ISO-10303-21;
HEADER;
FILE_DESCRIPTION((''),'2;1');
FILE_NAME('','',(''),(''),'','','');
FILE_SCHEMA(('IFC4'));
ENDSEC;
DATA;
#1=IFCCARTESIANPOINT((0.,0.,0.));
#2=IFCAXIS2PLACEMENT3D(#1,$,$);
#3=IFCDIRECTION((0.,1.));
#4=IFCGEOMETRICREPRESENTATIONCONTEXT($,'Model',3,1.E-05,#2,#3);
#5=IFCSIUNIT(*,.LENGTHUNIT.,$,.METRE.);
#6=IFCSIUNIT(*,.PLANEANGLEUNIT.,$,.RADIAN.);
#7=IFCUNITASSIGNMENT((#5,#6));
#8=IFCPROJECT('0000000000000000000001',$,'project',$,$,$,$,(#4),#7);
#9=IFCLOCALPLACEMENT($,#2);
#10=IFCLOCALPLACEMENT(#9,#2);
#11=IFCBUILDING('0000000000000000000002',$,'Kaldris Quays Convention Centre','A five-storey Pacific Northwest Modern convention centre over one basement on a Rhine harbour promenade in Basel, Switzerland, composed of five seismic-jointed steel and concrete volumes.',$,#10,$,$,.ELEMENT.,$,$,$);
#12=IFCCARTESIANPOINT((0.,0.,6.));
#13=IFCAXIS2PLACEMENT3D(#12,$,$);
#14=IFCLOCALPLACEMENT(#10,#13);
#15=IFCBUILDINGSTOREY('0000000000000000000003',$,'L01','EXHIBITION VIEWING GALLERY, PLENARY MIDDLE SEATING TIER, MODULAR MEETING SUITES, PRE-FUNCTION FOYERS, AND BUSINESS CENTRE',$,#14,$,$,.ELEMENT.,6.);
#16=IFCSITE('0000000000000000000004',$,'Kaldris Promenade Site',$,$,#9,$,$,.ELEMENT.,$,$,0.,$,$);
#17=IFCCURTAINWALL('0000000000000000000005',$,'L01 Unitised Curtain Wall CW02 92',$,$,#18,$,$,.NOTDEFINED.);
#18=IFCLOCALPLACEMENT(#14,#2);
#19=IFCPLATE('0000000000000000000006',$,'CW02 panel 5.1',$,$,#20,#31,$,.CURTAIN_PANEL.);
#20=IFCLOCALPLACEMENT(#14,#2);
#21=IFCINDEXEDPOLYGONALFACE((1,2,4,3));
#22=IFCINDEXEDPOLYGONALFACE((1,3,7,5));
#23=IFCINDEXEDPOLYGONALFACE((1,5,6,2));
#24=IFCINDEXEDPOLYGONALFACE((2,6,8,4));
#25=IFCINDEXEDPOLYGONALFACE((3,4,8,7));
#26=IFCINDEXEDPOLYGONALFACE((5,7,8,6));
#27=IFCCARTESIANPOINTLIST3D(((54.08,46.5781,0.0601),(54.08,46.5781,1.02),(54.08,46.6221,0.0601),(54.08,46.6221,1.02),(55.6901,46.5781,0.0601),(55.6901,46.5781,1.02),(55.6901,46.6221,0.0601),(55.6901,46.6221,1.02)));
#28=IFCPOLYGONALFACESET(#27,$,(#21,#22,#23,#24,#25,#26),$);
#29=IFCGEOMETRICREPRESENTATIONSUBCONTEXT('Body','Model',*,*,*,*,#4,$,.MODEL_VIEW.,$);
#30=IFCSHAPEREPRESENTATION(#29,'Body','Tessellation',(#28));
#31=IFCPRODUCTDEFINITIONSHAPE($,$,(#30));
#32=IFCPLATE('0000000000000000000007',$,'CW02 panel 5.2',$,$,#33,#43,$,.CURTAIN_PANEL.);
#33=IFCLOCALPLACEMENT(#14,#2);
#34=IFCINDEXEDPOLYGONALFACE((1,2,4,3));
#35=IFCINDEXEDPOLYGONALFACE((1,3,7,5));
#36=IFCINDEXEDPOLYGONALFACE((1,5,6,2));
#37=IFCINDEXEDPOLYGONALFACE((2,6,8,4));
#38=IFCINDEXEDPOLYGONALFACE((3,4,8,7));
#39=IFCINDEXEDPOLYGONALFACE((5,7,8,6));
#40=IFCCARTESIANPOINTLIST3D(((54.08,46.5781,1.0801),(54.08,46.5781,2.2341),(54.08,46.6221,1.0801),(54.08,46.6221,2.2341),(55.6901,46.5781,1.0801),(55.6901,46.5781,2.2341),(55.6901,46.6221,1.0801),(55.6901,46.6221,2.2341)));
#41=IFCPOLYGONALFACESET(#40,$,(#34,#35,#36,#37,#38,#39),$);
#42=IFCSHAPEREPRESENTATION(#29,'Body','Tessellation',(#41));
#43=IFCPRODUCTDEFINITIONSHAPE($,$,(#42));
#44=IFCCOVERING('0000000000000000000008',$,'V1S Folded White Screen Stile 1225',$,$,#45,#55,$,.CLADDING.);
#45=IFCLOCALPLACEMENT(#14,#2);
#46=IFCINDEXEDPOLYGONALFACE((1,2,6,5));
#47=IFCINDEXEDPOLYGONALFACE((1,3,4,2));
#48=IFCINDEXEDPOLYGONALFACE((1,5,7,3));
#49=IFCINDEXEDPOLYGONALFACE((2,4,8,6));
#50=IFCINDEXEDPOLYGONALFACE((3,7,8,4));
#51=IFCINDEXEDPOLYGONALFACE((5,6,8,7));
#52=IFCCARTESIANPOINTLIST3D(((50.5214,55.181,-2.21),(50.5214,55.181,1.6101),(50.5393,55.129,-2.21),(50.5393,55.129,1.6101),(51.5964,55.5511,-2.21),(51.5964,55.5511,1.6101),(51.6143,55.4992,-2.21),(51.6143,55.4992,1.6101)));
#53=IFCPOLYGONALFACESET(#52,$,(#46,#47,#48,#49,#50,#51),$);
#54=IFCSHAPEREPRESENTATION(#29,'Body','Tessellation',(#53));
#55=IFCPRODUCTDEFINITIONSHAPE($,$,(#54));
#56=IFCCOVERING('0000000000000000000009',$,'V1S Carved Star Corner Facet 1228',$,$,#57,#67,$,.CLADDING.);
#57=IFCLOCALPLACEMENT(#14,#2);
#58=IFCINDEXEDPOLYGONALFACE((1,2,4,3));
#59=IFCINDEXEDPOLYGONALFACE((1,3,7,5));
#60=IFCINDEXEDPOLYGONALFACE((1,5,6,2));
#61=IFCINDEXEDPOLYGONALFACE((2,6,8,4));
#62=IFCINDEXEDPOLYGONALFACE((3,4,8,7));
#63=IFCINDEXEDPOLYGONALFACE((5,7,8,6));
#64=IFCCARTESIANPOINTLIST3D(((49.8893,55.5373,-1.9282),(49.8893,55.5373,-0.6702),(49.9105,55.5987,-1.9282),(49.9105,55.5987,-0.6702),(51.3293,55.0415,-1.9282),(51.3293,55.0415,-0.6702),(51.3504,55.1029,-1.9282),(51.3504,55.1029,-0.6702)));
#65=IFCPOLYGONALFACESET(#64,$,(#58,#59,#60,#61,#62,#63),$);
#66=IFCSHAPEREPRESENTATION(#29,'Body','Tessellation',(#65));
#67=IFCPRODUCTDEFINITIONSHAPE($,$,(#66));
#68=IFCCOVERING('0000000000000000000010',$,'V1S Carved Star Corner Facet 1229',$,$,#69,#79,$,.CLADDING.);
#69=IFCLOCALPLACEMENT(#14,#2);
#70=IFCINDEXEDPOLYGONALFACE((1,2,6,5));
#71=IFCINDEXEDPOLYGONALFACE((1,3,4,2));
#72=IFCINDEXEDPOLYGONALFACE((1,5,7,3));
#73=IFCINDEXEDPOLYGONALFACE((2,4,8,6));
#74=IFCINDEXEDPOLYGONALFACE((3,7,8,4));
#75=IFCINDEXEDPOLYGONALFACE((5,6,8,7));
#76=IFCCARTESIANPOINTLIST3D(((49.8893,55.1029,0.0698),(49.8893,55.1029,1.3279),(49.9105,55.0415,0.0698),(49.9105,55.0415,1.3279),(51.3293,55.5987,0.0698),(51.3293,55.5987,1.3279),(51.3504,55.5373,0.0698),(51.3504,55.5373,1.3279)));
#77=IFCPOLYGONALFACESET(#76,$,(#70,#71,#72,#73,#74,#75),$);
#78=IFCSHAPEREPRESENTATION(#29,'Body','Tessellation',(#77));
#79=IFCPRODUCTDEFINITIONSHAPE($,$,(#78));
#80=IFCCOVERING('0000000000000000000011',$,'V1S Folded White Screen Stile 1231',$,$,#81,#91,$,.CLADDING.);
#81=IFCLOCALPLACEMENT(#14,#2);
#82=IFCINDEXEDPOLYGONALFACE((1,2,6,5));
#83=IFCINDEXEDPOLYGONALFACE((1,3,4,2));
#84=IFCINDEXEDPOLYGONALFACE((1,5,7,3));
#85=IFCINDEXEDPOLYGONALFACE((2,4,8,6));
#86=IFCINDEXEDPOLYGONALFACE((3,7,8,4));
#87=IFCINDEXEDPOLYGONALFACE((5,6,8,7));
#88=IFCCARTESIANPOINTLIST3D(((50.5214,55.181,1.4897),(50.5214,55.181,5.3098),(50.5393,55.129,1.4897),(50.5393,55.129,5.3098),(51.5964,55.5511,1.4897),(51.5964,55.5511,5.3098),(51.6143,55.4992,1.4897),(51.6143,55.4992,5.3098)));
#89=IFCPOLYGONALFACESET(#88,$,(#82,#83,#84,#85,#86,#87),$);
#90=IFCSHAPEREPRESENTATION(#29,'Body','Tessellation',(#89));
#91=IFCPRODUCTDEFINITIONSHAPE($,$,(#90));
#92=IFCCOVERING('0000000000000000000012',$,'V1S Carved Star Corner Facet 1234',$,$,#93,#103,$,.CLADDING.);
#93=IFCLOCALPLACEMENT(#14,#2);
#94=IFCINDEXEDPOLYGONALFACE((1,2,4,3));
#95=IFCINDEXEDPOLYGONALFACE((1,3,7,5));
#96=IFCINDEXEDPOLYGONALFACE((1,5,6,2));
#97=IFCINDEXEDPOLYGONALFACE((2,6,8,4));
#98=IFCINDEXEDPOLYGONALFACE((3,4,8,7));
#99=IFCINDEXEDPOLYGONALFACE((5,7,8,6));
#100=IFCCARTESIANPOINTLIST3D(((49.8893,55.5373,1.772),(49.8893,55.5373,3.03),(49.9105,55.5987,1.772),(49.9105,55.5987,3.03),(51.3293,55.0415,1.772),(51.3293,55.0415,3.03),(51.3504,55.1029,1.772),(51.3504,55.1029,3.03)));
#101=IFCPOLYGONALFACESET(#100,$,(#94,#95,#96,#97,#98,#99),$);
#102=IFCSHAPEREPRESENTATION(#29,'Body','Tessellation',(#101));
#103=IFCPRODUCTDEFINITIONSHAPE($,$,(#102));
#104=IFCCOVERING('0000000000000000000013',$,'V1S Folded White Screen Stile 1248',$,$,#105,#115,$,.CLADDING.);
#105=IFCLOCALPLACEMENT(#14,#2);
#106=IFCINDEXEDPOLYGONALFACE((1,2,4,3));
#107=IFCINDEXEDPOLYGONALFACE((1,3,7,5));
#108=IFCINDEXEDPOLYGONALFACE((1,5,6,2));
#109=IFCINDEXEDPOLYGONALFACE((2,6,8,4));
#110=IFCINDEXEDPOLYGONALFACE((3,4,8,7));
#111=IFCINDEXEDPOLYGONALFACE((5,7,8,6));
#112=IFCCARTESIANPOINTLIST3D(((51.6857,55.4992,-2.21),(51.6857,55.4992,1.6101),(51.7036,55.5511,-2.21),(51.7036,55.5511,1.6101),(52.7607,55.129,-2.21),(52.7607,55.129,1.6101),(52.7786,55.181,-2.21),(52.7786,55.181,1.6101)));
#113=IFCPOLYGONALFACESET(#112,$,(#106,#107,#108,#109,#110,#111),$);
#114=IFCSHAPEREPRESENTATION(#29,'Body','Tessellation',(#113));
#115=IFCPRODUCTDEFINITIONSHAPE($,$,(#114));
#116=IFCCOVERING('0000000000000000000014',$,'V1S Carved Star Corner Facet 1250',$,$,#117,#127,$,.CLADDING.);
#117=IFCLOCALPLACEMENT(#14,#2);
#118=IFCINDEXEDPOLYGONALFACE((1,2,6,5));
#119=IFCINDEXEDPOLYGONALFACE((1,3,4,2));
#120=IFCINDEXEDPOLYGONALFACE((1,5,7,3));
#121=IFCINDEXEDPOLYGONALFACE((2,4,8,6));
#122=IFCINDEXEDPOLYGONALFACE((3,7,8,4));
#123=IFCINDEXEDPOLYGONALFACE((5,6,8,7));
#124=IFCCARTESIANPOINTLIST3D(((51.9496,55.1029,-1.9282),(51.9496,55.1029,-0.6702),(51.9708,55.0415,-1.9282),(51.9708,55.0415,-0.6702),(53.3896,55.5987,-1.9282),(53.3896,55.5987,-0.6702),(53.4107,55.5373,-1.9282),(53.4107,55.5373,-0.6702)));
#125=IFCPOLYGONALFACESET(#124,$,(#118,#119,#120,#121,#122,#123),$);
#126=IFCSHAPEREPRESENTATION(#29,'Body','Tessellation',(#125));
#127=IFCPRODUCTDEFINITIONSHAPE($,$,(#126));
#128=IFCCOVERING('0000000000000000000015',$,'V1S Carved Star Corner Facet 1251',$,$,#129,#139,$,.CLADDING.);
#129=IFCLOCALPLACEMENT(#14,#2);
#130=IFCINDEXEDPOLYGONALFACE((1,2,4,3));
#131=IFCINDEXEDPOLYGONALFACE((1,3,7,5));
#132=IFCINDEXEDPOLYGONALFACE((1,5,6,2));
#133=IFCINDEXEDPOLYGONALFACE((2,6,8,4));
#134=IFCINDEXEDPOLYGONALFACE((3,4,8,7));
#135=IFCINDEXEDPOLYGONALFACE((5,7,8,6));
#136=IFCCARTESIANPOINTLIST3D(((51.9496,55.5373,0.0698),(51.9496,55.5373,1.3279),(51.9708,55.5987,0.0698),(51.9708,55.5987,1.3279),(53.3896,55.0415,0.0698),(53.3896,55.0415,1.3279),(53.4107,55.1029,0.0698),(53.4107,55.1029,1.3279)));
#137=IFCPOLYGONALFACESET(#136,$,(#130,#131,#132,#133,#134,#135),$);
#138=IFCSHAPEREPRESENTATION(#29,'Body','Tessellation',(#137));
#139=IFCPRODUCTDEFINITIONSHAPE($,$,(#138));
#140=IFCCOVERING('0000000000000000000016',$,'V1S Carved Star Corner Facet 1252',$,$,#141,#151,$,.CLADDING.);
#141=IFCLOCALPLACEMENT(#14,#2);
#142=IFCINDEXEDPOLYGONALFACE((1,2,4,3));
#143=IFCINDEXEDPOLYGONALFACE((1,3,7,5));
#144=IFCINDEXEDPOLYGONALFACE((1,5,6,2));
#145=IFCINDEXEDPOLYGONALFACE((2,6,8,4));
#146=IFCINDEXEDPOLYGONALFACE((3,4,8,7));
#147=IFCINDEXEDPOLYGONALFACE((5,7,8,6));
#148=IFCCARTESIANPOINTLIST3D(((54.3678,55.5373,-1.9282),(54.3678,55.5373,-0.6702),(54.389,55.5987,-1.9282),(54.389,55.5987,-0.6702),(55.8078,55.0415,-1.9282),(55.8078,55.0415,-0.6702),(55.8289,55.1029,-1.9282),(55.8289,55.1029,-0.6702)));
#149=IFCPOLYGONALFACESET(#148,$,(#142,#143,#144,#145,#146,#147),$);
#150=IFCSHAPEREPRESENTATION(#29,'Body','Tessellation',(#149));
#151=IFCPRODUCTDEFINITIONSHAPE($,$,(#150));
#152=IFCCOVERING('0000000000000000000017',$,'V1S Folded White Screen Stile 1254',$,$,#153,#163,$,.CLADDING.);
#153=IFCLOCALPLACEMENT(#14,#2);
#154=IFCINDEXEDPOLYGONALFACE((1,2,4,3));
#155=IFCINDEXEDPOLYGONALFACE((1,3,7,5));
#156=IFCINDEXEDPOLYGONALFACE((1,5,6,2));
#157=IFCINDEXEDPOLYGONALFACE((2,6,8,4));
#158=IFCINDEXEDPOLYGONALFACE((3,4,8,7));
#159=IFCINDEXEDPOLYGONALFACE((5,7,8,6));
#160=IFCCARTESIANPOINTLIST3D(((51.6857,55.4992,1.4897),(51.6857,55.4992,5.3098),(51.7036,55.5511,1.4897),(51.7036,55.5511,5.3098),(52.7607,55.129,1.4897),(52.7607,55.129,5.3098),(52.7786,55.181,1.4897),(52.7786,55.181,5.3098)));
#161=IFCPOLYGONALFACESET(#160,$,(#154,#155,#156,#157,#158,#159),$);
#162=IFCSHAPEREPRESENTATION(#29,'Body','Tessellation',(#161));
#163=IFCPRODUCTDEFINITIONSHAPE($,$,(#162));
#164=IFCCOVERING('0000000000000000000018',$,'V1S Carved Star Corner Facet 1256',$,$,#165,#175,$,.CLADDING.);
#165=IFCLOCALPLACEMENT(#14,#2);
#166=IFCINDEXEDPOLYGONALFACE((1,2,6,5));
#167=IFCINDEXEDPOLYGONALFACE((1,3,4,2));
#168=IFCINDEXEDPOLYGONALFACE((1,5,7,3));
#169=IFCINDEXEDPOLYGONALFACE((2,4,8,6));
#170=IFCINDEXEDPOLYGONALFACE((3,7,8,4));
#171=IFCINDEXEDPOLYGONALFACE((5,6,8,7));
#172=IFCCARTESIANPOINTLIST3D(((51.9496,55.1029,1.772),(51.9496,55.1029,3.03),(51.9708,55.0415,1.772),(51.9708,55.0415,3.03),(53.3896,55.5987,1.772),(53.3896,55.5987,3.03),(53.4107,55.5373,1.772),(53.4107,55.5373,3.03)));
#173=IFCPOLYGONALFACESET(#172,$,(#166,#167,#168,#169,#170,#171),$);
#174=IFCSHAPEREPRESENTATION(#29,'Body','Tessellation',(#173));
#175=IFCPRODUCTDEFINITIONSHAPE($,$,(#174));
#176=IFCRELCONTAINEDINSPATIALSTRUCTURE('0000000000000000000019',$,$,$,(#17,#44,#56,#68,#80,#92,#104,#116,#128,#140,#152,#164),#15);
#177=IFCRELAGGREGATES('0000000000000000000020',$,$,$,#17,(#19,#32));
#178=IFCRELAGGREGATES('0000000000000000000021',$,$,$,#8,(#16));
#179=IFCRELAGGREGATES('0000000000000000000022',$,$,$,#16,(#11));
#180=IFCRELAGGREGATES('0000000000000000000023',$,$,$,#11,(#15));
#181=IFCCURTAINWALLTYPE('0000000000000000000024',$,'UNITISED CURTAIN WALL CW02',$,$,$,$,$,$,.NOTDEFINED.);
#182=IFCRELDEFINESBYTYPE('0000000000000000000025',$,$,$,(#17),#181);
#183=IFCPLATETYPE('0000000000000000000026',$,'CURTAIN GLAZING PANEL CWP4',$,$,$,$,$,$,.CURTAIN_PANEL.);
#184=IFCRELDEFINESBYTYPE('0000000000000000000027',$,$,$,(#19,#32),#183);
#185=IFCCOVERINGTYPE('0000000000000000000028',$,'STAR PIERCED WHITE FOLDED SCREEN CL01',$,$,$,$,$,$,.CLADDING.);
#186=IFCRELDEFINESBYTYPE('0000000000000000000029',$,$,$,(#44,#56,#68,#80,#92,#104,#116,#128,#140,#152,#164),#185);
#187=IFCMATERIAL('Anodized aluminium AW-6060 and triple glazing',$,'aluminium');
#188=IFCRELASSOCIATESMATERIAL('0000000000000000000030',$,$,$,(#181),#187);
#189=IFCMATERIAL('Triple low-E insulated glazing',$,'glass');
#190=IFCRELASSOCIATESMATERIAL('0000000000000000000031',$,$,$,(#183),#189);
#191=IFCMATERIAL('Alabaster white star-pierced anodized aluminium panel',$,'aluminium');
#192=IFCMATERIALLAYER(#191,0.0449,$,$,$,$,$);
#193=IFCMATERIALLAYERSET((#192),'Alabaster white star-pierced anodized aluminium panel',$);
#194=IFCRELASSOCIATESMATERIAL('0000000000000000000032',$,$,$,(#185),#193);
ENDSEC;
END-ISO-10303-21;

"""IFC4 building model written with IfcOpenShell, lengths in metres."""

from ifc_helpers import new_model, si_unit, direction, frame, origin, origin_2d, place, context, subcontext, project, spatial, rectangle, extrude, material, layer, layer_set, type_object, element, aggregate, save


model = new_model("IFC4")

# Units and contexts
model_context = context("Model", 3, precision=1e-05, world=origin(), true_north=direction((0.0, 1.0)))
body_context = subcontext(model_context, "Body", "Model", "MODEL_VIEW")
ifc_project = project(units=[si_unit("LENGTHUNIT", "METRE"), si_unit("PLANEANGLEUNIT", "RADIAN")], contexts=[model_context])

# Site, building, storey
site_placement = place(None, origin())
site = spatial("IfcSite", under=ifc_project, at=site_placement, Name="Kaldris Promenade Site", CompositionType="ELEMENT", RefElevation=0.0)
building_placement = place(site_placement, origin())
building = spatial("IfcBuilding", under=site, at=building_placement, Name="Kaldris Quays Convention Centre", Description="A five-storey Pacific Northwest Modern convention centre over one basement on a Rhine harbour promenade in Basel, Switzerland, composed of five seismic-jointed steel and concrete volumes.", CompositionType="ELEMENT")
storey_placement = place(building_placement, frame((0.0, 0.0, 6.0)))
storey = spatial("IfcBuildingStorey", under=building, at=storey_placement, Name="L01", Description="EXHIBITION VIEWING GALLERY, PLENARY MIDDLE SEATING TIER, MODULAR MEETING SUITES, PRE-FUNCTION FOYERS, AND BUSINESS CENTRE", CompositionType="ELEMENT", Elevation=6.0)

# Curtain wall, plates
ifc_material_1 = material(Name="Anodized aluminium AW-6060 and triple glazing", Category="aluminium")
curtain_wall_type = type_object("IfcCurtainWallType", Name="UNITISED CURTAIN WALL CW02", PredefinedType="NOTDEFINED", material=ifc_material_1)
curtain_wall_placement = place(storey_placement, origin())
curtain_wall = element("IfcCurtainWall", 1, at=curtain_wall_placement, inside=storey, type_object=curtain_wall_type, Name="L01 Unitised Curtain Wall CW02 92", PredefinedType="NOTDEFINED")
ifc_material_2 = material(Name="Triple low-E insulated glazing", Category="glass")
plate_type = type_object("IfcPlateType", Name="CURTAIN GLAZING PANEL CWP4", PredefinedType="CURTAIN_PANEL", material=ifc_material_2)
plate_1_placement = place(storey_placement, frame((54.885, 46.6001, 0.0601), z_axis=(0.0, 0.0, 1.0), x_axis=(1.0, 0.0, 0.0)))
plate_1 = element("IfcPlate", 2, at=plate_1_placement, type_object=plate_type, Name="CW02 panel 5.1", PredefinedType="CURTAIN_PANEL", context=body_context, shape_type="SweptSolid", body=[
    extrude(rectangle(XDim=1.6101, YDim=0.0439, at=origin_2d()), origin(), (0.0, 0.0, 1.0), 0.96),
])
plate_2_placement = place(storey_placement, frame((54.885, 46.6001, 1.0801), z_axis=(0.0, 0.0, 1.0), x_axis=(1.0, 0.0, 0.0)))
plate_2 = element("IfcPlate", 3, at=plate_2_placement, type_object=plate_type, Name="CW02 panel 5.2", PredefinedType="CURTAIN_PANEL", context=body_context, shape_type="SweptSolid", body=[
    extrude(rectangle(XDim=1.6101, YDim=0.0439, at=origin_2d()), origin(), (0.0, 0.0, 1.0), 1.1541),
])
aggregate(curtain_wall, [plate_1, plate_2])

# Coverings
ifc_material_3 = material(Name="Alabaster white star-pierced anodized aluminium panel", Category="aluminium")
ifc_layer = layer(ifc_material_3, 0.0449)
ifc_layer_set = layer_set([ifc_layer], Name="Alabaster white star-pierced anodized aluminium panel")
covering_type = type_object("IfcCoveringType", Name="STAR PIERCED WHITE FOLDED SCREEN CL01", PredefinedType="CLADDING", material=ifc_layer_set)
covering_1_placement = place(storey_placement, frame((51.0679, 55.3401, -2.21), z_axis=(0.0, 0.0, 1.0), x_axis=(0.945519, 0.325568, 0.0)))
element("IfcCovering", 4, at=covering_1_placement, inside=storey, type_object=covering_type, Name="V1S Folded White Screen Stile 1225", PredefinedType="CLADDING", context=body_context, shape_type="SweptSolid", body=[
    extrude(rectangle(XDim=1.137, YDim=0.0549, at=origin_2d()), origin(), (0.0, 0.0, 1.0), 3.8201),
])
for number, where, z_axis, x_axis, name in (
    (5, (50.6199, 55.3201, -1.9282), (0.0, 0.0, 1.0), (0.945519, -0.325568, 0.0), "V1S Carved Star Corner Facet 1228"),
    (6, (50.6199, 55.3201, 0.0698), (0.0, 0.0, 1.0), (0.945519, 0.325568, 0.0), "V1S Carved Star Corner Facet 1229"),
):
    element("IfcCovering", number, at=place(storey_placement, frame(where, z_axis=z_axis, x_axis=x_axis)), inside=storey, type_object=covering_type, Name=name, PredefinedType="CLADDING", context=body_context, shape_type="SweptSolid", body=[
        extrude(rectangle(XDim=1.5229, YDim=0.0649, at=origin_2d()), origin(), (0.0, 0.0, 1.0), 1.2581),
    ])
covering_2_placement = place(storey_placement, frame((51.0679, 55.3401, 1.4897), z_axis=(0.0, 0.0, 1.0), x_axis=(0.945519, 0.325568, 0.0)))
element("IfcCovering", 7, at=covering_2_placement, inside=storey, type_object=covering_type, Name="V1S Folded White Screen Stile 1231", PredefinedType="CLADDING", context=body_context, shape_type="SweptSolid", body=[
    extrude(rectangle(XDim=1.137, YDim=0.0549, at=origin_2d()), origin(), (0.0, 0.0, 1.0), 3.8201),
])
covering_3_placement = place(storey_placement, frame((50.6199, 55.3201, 1.772), z_axis=(0.0, 0.0, 1.0), x_axis=(0.945519, -0.325568, 0.0)))
element("IfcCovering", 8, at=covering_3_placement, inside=storey, type_object=covering_type, Name="V1S Carved Star Corner Facet 1234", PredefinedType="CLADDING", context=body_context, shape_type="SweptSolid", body=[
    extrude(rectangle(XDim=1.5229, YDim=0.0649, at=origin_2d()), origin(), (0.0, 0.0, 1.0), 1.2581),
])
covering_4_placement = place(storey_placement, frame((52.2322, 55.3401, -2.21), z_axis=(0.0, 0.0, 1.0), x_axis=(0.945519, -0.325568, 0.0)))
element("IfcCovering", 9, at=covering_4_placement, inside=storey, type_object=covering_type, Name="V1S Folded White Screen Stile 1248", PredefinedType="CLADDING", context=body_context, shape_type="SweptSolid", body=[
    extrude(rectangle(XDim=1.137, YDim=0.0549, at=origin_2d()), origin(), (0.0, 0.0, 1.0), 3.8201),
])
for number, where, z_axis, x_axis, name in (
    (10, (52.6802, 55.3201, -1.9282), (0.0, 0.0, 1.0), (0.945519, 0.325568, 0.0), "V1S Carved Star Corner Facet 1250"),
    (11, (52.6802, 55.3201, 0.0698), (0.0, 0.0, 1.0), (0.945519, -0.325568, 0.0), "V1S Carved Star Corner Facet 1251"),
    (12, (55.0984, 55.3201, -1.9282), (0.0, 0.0, 1.0), (0.945519, -0.325568, 0.0), "V1S Carved Star Corner Facet 1252"),
):
    element("IfcCovering", number, at=place(storey_placement, frame(where, z_axis=z_axis, x_axis=x_axis)), inside=storey, type_object=covering_type, Name=name, PredefinedType="CLADDING", context=body_context, shape_type="SweptSolid", body=[
        extrude(rectangle(XDim=1.5229, YDim=0.0649, at=origin_2d()), origin(), (0.0, 0.0, 1.0), 1.2581),
    ])
covering_5_placement = place(storey_placement, frame((52.2322, 55.3401, 1.4897), z_axis=(0.0, 0.0, 1.0), x_axis=(0.945519, -0.325568, 0.0)))
element("IfcCovering", 13, at=covering_5_placement, inside=storey, type_object=covering_type, Name="V1S Folded White Screen Stile 1254", PredefinedType="CLADDING", context=body_context, shape_type="SweptSolid", body=[
    extrude(rectangle(XDim=1.137, YDim=0.0549, at=origin_2d()), origin(), (0.0, 0.0, 1.0), 3.8201),
])
covering_6_placement = place(storey_placement, frame((52.6802, 55.3201, 1.772), z_axis=(0.0, 0.0, 1.0), x_axis=(0.945519, 0.325568, 0.0)))
element("IfcCovering", 14, at=covering_6_placement, inside=storey, type_object=covering_type, Name="V1S Carved Star Corner Facet 1256", PredefinedType="CLADDING", context=body_context, shape_type="SweptSolid", body=[
    extrude(rectangle(XDim=1.5229, YDim=0.0649, at=origin_2d()), origin(), (0.0, 0.0, 1.0), 1.2581),
])

save(model, "model.ifc")
